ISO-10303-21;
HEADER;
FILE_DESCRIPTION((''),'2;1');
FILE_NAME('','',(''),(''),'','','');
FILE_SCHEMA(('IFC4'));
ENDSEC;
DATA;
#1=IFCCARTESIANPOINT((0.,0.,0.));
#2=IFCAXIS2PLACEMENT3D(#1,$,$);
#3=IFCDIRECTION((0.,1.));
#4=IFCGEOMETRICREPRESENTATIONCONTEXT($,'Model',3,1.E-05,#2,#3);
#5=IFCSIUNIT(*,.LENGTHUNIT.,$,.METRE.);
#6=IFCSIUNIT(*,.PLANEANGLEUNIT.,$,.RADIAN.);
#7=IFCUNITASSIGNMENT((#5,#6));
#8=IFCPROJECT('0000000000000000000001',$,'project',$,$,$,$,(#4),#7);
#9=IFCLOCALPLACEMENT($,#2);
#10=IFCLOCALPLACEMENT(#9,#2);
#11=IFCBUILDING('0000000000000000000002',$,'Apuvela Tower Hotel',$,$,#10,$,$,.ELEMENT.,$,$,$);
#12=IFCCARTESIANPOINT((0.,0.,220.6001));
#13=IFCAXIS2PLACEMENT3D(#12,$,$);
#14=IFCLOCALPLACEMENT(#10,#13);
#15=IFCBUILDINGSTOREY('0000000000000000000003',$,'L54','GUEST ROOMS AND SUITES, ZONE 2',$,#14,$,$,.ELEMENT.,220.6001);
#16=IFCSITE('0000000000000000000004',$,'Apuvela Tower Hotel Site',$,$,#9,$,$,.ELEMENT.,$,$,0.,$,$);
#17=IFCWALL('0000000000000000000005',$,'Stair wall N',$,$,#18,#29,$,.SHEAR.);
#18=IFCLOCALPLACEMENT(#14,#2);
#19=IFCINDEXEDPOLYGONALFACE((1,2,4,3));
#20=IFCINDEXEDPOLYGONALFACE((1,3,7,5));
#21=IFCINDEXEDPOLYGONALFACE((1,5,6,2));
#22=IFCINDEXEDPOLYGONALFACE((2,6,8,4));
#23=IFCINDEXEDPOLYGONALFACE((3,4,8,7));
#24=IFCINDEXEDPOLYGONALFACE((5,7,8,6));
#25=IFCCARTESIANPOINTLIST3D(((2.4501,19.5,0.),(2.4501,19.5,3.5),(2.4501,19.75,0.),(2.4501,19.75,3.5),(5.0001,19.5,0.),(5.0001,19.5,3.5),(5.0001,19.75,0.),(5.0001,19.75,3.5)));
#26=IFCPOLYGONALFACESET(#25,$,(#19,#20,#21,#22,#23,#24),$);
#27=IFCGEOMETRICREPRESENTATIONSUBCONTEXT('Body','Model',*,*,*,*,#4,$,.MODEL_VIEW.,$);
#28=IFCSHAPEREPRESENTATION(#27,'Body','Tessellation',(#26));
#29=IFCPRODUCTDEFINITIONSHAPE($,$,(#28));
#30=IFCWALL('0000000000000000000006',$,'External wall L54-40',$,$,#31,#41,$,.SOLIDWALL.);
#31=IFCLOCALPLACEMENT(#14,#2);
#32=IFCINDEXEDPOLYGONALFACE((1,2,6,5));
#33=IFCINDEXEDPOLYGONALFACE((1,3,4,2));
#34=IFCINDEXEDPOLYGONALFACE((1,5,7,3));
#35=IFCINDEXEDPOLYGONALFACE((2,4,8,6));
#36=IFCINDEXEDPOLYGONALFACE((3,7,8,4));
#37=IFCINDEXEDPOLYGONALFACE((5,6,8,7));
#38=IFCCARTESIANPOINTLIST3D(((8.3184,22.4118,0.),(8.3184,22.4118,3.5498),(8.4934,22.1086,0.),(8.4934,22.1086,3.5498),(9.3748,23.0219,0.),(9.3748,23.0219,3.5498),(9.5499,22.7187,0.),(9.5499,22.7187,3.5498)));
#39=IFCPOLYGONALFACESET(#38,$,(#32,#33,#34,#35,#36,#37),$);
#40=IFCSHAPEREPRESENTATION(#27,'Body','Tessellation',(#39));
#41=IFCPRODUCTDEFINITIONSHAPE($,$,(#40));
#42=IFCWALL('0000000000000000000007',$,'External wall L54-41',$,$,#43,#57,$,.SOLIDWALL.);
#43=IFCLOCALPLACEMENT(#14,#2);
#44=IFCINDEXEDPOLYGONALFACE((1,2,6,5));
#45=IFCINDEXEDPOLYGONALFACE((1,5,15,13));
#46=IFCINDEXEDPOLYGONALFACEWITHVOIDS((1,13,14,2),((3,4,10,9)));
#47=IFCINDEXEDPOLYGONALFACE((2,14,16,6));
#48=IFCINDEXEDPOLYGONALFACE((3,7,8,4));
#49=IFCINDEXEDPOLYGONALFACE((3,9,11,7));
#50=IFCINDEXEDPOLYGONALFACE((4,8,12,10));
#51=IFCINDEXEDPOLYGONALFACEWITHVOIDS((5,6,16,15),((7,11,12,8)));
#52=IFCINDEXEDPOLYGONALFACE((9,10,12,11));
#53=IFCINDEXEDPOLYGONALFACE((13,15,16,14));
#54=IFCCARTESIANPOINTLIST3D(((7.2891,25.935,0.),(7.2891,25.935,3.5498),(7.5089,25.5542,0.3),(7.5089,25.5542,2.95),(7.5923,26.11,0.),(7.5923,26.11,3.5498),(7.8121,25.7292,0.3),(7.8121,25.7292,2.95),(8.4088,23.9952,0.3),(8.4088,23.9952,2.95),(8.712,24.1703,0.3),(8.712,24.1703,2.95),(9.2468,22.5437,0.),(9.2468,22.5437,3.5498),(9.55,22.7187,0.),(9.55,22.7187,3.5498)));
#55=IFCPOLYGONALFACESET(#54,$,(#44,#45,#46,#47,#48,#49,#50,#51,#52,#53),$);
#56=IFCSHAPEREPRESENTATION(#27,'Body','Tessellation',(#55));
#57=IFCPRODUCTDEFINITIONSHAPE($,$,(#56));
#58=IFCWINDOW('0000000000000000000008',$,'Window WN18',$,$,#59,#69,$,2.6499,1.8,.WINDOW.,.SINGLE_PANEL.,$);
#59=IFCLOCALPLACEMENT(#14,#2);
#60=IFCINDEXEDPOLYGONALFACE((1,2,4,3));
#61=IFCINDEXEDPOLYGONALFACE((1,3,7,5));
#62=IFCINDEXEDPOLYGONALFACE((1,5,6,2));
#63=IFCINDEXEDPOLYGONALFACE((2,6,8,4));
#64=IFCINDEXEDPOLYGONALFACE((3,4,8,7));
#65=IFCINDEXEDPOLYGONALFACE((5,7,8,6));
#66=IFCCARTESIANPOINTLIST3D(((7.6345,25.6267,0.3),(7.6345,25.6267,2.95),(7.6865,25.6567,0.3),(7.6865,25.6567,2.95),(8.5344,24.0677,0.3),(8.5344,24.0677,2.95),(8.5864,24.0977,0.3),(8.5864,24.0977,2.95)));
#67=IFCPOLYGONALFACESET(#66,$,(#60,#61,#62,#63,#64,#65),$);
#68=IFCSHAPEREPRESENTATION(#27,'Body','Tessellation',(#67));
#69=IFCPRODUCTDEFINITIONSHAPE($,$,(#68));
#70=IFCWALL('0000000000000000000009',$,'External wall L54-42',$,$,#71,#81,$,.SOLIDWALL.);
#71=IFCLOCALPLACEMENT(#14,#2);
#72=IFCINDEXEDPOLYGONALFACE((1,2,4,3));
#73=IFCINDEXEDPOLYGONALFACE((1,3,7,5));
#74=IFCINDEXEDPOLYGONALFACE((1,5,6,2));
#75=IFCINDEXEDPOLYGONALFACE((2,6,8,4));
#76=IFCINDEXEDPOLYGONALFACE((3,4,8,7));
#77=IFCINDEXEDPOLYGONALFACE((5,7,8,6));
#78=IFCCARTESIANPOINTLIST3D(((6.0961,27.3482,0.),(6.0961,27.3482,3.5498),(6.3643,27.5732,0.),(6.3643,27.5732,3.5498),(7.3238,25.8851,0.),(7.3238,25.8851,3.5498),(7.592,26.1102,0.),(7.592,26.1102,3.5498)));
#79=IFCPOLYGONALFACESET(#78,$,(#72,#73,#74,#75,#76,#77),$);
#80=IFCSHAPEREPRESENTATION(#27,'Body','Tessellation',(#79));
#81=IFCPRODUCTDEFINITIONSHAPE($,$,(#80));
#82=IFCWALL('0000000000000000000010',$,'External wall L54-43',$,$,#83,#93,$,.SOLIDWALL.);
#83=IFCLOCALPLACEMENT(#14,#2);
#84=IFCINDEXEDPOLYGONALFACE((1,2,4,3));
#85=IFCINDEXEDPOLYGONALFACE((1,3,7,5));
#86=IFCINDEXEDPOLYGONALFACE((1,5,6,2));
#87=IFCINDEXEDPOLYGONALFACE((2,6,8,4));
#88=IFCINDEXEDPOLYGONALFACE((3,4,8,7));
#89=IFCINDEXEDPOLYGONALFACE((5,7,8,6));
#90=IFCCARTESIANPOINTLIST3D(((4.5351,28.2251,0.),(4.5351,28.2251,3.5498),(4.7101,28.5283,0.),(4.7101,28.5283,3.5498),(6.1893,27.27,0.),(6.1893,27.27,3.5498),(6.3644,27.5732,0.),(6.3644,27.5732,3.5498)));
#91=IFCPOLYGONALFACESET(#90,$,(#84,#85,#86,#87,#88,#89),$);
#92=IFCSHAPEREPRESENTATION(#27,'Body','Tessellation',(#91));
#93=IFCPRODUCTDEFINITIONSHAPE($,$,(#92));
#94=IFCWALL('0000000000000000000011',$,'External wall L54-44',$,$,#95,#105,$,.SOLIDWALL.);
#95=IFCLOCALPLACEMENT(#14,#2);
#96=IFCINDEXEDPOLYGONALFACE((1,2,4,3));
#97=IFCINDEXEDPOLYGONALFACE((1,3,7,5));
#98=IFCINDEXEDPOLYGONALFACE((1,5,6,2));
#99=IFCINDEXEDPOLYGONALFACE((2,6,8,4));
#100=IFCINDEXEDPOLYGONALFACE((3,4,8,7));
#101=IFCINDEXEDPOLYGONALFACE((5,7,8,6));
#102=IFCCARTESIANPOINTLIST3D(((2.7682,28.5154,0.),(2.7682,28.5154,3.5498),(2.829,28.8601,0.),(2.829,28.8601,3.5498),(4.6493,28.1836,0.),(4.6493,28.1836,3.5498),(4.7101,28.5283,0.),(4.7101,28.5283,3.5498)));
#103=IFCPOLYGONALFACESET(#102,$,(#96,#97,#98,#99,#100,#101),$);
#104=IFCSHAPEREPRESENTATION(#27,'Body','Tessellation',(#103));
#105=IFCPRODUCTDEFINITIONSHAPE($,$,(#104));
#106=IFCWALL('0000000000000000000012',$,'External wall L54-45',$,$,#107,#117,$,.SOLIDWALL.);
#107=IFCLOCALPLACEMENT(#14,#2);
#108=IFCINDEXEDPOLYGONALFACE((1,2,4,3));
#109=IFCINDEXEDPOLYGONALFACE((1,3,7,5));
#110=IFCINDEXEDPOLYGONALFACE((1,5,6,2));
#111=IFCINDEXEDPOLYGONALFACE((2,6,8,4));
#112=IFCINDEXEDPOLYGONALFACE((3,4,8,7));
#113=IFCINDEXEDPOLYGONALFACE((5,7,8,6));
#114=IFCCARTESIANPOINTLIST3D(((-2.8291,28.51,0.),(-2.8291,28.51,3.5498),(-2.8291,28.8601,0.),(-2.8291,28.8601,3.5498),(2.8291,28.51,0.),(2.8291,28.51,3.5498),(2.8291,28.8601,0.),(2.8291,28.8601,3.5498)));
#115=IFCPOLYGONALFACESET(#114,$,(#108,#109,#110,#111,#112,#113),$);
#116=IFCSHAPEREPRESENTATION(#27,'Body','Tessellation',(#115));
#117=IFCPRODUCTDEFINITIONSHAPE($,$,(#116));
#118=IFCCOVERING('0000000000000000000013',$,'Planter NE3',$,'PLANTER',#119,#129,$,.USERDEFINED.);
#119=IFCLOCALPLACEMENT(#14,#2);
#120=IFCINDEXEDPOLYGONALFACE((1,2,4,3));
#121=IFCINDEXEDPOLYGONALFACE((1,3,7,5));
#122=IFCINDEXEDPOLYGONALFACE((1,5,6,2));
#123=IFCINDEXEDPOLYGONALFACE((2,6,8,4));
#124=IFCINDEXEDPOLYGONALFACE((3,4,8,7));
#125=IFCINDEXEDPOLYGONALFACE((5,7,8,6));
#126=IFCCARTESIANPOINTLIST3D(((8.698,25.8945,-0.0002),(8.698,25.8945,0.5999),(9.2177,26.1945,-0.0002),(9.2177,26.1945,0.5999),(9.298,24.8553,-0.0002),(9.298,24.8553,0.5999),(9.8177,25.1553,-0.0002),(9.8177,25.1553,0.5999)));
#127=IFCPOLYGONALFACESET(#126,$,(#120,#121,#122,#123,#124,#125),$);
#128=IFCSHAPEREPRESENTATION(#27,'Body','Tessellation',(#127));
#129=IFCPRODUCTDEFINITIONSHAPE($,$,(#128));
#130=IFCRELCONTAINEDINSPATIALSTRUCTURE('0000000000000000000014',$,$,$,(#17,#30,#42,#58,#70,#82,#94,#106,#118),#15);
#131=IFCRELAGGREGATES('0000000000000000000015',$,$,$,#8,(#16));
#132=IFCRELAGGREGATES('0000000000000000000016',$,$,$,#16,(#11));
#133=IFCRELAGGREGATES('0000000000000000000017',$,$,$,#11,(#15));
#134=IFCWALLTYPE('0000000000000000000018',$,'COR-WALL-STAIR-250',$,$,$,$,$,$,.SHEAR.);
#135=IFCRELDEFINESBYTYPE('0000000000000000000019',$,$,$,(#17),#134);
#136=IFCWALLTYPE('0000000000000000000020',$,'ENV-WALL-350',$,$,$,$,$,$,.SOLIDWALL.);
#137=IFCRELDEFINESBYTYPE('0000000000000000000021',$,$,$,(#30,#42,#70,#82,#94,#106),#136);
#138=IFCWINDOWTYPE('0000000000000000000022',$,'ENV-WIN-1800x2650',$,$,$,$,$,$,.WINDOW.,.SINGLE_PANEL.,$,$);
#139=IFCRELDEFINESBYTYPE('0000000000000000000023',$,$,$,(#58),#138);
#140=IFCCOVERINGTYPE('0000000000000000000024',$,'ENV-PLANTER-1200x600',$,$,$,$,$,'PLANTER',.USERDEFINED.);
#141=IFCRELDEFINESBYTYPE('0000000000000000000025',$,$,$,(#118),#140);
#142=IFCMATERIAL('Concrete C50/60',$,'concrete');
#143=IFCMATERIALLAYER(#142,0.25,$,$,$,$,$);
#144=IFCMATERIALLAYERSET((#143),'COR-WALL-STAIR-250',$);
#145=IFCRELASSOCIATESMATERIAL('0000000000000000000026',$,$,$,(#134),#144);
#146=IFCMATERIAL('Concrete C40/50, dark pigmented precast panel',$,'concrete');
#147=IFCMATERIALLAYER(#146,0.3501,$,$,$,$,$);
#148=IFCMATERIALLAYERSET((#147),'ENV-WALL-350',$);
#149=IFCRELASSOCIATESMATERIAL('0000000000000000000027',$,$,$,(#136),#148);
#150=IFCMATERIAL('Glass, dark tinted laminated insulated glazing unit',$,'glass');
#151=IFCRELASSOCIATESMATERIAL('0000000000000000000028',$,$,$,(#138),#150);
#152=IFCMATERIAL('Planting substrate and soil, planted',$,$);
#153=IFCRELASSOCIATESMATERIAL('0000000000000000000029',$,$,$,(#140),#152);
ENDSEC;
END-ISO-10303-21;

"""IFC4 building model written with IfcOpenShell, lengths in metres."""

from ifc_helpers import new_model, si_unit, direction, frame, frame_2d, origin, origin_2d, place, context, subcontext, project, spatial, rectangle, extrude, material, layer, layer_set, type_object, element, fill, save


model = new_model("IFC4")

# Units and contexts
model_context = context("Model", 3, precision=1e-05, world=origin(), true_north=direction((0.0, 1.0)))
body_context = subcontext(model_context, "Body", "Model", "MODEL_VIEW")
ifc_project = project(units=[si_unit("LENGTHUNIT", "METRE"), si_unit("PLANEANGLEUNIT", "RADIAN")], contexts=[model_context])

# Site, building, storey
site_placement = place(None, origin())
site = spatial("IfcSite", under=ifc_project, at=site_placement, Name="Apuvela Tower Hotel Site", CompositionType="ELEMENT", RefElevation=0.0)
building_placement = place(site_placement, origin())
building = spatial("IfcBuilding", under=site, at=building_placement, Name="Apuvela Tower Hotel", CompositionType="ELEMENT")
storey_placement = place(building_placement, frame((0.0, 0.0, 220.6001)))
storey = spatial("IfcBuildingStorey", under=building, at=storey_placement, Name="L54", Description="GUEST ROOMS AND SUITES, ZONE 2", CompositionType="ELEMENT", Elevation=220.6001)

# Walls
ifc_material_1 = material(Name="Concrete C50/60", Category="concrete")
ifc_layer_1 = layer(ifc_material_1, 0.25)
ifc_layer_set_1 = layer_set([ifc_layer_1], Name="COR-WALL-STAIR-250")
wall_type_1 = type_object("IfcWallType", Name="COR-WALL-STAIR-250", PredefinedType="SHEAR", material=ifc_layer_set_1)
wall_1_placement = place(storey_placement, frame((5.0, 19.625, 0.0), z_axis=(0.0, 0.0, 1.0), x_axis=(-1.0, 0.0, 0.0)))
element("IfcWall", 1, at=wall_1_placement, inside=storey, type_object=wall_type_1, Name="Stair wall N", PredefinedType="SHEAR", context=body_context, shape_type="SweptSolid", body=[
    extrude(rectangle(XDim=2.55, YDim=0.25, at=frame_2d((1.2749, 0.0))), origin(), (0.0, 0.0, 1.0), 3.5),
])
ifc_material_2 = material(Name="Concrete C40/50, dark pigmented precast panel", Category="concrete")
ifc_layer_2 = layer(ifc_material_2, 0.3501)
ifc_layer_set_2 = layer_set([ifc_layer_2], Name="ENV-WALL-350")
wall_type_2 = type_object("IfcWallType", Name="ENV-WALL-350", PredefinedType="SOLIDWALL", material=ifc_layer_set_2)
wall_2_placement = place(storey_placement, frame((8.406, 22.2603, 0.0), z_axis=(0.0, 0.0, 1.0), x_axis=(0.865956, 0.500121, 0.0)))
element("IfcWall", 2, at=wall_2_placement, inside=storey, type_object=wall_type_2, Name="External wall L54-40", PredefinedType="SOLIDWALL", context=body_context, shape_type="SweptSolid", body=[
    extrude(rectangle(XDim=1.22, YDim=0.3501, at=frame_2d((0.6099, 0.0))), origin(), (0.0, 0.0, 1.0), 3.5498),
])

# Wall, opening, window
wall_3_placement = place(storey_placement, frame((9.3984, 22.6311, 0.0), z_axis=(0.0, 0.0, 1.0), x_axis=(-0.499955, 0.866052, 0.0)))
wall_3 = element("IfcWall", 3, at=wall_3_placement, inside=storey, type_object=wall_type_2, Name="External wall L54-41", PredefinedType="SOLIDWALL", context=body_context, shape_type="SweptSolid", body=[
    extrude(rectangle(XDim=3.9158, YDim=0.3501, at=frame_2d((1.958, 0.0))), origin(), (0.0, 0.0, 1.0), 3.5498),
])
opening_placement = place(wall_3_placement, frame((1.6763, 0.0, 0.3)))
opening = element("IfcOpeningElement", 4, at=opening_placement, cuts=wall_3, PredefinedType="OPENING", context=body_context, shape_type="SweptSolid", body=[
    extrude(rectangle(XDim=1.8, YDim=2.6499, at=frame_2d((0.8999, 1.325))), frame((0.0, 0.1851, 0.0), z_axis=(0.0, -1.0, 0.0), x_axis=(1.0, 0.0, 0.0)), (0.0, 0.0, 1.0), 0.3701),
])
ifc_material_3 = material(Name="Glass, dark tinted laminated insulated glazing unit", Category="glass")
window_type = type_object("IfcWindowType", Name="ENV-WIN-1800x2650", PartitioningType="SINGLE_PANEL", PredefinedType="WINDOW", material=ifc_material_3)
window_placement = place(opening_placement, origin())
window = element("IfcWindow", 5, at=window_placement, inside=storey, type_object=window_type, Name="Window WN18", OverallHeight=2.6499, OverallWidth=1.8, PartitioningType="SINGLE_PANEL", PredefinedType="WINDOW", context=body_context, shape_type="SweptSolid", body=[
    extrude(rectangle(XDim=1.8, YDim=2.6499, at=frame_2d((0.8999, 1.325))), frame((0.0, 0.03, 0.0), z_axis=(0.0, -1.0, 0.0), x_axis=(1.0, 0.0, 0.0)), (0.0, 0.0, 1.0), 0.0601),
])
fill(opening, window)

# Walls
wall_4_placement = place(storey_placement, frame((7.458, 25.9976, 0.0), z_axis=(0.0, 0.0, 1.0), x_axis=(-0.642808, 0.766027, 0.0)))
element("IfcWall", 6, at=wall_4_placement, inside=storey, type_object=wall_type_2, Name="External wall L54-42", PredefinedType="SOLIDWALL", context=body_context, shape_type="SweptSolid", body=[
    extrude(rectangle(XDim=1.9099, YDim=0.3501, at=frame_2d((0.9551, 0.0))), origin(), (0.0, 0.0, 1.0), 3.5498),
])
for number, where, z_axis, x_axis, name in (
    (7, (6.2769, 27.4216, 0.0), (0.0, 0.0, 1.0), (-0.866032, 0.499988, 0.0), "External wall L54-43"),
    (8, (4.6797, 28.356, 0.0), (0.0, 0.0, 1.0), (-0.984799, 0.173698, 0.0), "External wall L54-44"),
):
    element("IfcWall", number, at=place(storey_placement, frame(where, z_axis=z_axis, x_axis=x_axis)), inside=storey, type_object=wall_type_2, Name=name, PredefinedType="SOLIDWALL", context=body_context, shape_type="SweptSolid", body=[
        extrude(rectangle(XDim=1.9102, YDim=0.3501, at=frame_2d((0.9551, 0.0))), origin(), (0.0, 0.0, 1.0), 3.5498),
    ])
wall_5_placement = place(storey_placement, frame((2.8291, 28.6851, 0.0), z_axis=(0.0, 0.0, 1.0), x_axis=(-1.0, 0.0, 0.0)))
element("IfcWall", 9, at=wall_5_placement, inside=storey, type_object=wall_type_2, Name="External wall L54-45", PredefinedType="SOLIDWALL", context=body_context, shape_type="SweptSolid", body=[
    extrude(rectangle(XDim=5.6582, YDim=0.3501, at=frame_2d((2.8291, 0.0))), origin(), (0.0, 0.0, 1.0), 3.5498),
])

# Covering
ifc_material_4 = material(Name="Planting substrate and soil, planted")
covering_type = type_object("IfcCoveringType", Name="ENV-PLANTER-1200x600", ElementType="PLANTER", PredefinedType="USERDEFINED", material=ifc_material_4)
covering_placement = place(storey_placement, frame((9.2578, 25.5249, -0.0002), z_axis=(0.0, 0.0, 1.0), x_axis=(-0.5, 0.866025, 0.0)))
element("IfcCovering", 10, at=covering_placement, inside=storey, type_object=covering_type, Name="Planter NE3", ObjectType="PLANTER", PredefinedType="USERDEFINED", context=body_context, shape_type="SweptSolid", body=[
    extrude(rectangle(XDim=1.2, YDim=0.6001, at=origin_2d()), origin(), (0.0, 0.0, 1.0), 0.6001),
])

save(model, "model.ifc")
